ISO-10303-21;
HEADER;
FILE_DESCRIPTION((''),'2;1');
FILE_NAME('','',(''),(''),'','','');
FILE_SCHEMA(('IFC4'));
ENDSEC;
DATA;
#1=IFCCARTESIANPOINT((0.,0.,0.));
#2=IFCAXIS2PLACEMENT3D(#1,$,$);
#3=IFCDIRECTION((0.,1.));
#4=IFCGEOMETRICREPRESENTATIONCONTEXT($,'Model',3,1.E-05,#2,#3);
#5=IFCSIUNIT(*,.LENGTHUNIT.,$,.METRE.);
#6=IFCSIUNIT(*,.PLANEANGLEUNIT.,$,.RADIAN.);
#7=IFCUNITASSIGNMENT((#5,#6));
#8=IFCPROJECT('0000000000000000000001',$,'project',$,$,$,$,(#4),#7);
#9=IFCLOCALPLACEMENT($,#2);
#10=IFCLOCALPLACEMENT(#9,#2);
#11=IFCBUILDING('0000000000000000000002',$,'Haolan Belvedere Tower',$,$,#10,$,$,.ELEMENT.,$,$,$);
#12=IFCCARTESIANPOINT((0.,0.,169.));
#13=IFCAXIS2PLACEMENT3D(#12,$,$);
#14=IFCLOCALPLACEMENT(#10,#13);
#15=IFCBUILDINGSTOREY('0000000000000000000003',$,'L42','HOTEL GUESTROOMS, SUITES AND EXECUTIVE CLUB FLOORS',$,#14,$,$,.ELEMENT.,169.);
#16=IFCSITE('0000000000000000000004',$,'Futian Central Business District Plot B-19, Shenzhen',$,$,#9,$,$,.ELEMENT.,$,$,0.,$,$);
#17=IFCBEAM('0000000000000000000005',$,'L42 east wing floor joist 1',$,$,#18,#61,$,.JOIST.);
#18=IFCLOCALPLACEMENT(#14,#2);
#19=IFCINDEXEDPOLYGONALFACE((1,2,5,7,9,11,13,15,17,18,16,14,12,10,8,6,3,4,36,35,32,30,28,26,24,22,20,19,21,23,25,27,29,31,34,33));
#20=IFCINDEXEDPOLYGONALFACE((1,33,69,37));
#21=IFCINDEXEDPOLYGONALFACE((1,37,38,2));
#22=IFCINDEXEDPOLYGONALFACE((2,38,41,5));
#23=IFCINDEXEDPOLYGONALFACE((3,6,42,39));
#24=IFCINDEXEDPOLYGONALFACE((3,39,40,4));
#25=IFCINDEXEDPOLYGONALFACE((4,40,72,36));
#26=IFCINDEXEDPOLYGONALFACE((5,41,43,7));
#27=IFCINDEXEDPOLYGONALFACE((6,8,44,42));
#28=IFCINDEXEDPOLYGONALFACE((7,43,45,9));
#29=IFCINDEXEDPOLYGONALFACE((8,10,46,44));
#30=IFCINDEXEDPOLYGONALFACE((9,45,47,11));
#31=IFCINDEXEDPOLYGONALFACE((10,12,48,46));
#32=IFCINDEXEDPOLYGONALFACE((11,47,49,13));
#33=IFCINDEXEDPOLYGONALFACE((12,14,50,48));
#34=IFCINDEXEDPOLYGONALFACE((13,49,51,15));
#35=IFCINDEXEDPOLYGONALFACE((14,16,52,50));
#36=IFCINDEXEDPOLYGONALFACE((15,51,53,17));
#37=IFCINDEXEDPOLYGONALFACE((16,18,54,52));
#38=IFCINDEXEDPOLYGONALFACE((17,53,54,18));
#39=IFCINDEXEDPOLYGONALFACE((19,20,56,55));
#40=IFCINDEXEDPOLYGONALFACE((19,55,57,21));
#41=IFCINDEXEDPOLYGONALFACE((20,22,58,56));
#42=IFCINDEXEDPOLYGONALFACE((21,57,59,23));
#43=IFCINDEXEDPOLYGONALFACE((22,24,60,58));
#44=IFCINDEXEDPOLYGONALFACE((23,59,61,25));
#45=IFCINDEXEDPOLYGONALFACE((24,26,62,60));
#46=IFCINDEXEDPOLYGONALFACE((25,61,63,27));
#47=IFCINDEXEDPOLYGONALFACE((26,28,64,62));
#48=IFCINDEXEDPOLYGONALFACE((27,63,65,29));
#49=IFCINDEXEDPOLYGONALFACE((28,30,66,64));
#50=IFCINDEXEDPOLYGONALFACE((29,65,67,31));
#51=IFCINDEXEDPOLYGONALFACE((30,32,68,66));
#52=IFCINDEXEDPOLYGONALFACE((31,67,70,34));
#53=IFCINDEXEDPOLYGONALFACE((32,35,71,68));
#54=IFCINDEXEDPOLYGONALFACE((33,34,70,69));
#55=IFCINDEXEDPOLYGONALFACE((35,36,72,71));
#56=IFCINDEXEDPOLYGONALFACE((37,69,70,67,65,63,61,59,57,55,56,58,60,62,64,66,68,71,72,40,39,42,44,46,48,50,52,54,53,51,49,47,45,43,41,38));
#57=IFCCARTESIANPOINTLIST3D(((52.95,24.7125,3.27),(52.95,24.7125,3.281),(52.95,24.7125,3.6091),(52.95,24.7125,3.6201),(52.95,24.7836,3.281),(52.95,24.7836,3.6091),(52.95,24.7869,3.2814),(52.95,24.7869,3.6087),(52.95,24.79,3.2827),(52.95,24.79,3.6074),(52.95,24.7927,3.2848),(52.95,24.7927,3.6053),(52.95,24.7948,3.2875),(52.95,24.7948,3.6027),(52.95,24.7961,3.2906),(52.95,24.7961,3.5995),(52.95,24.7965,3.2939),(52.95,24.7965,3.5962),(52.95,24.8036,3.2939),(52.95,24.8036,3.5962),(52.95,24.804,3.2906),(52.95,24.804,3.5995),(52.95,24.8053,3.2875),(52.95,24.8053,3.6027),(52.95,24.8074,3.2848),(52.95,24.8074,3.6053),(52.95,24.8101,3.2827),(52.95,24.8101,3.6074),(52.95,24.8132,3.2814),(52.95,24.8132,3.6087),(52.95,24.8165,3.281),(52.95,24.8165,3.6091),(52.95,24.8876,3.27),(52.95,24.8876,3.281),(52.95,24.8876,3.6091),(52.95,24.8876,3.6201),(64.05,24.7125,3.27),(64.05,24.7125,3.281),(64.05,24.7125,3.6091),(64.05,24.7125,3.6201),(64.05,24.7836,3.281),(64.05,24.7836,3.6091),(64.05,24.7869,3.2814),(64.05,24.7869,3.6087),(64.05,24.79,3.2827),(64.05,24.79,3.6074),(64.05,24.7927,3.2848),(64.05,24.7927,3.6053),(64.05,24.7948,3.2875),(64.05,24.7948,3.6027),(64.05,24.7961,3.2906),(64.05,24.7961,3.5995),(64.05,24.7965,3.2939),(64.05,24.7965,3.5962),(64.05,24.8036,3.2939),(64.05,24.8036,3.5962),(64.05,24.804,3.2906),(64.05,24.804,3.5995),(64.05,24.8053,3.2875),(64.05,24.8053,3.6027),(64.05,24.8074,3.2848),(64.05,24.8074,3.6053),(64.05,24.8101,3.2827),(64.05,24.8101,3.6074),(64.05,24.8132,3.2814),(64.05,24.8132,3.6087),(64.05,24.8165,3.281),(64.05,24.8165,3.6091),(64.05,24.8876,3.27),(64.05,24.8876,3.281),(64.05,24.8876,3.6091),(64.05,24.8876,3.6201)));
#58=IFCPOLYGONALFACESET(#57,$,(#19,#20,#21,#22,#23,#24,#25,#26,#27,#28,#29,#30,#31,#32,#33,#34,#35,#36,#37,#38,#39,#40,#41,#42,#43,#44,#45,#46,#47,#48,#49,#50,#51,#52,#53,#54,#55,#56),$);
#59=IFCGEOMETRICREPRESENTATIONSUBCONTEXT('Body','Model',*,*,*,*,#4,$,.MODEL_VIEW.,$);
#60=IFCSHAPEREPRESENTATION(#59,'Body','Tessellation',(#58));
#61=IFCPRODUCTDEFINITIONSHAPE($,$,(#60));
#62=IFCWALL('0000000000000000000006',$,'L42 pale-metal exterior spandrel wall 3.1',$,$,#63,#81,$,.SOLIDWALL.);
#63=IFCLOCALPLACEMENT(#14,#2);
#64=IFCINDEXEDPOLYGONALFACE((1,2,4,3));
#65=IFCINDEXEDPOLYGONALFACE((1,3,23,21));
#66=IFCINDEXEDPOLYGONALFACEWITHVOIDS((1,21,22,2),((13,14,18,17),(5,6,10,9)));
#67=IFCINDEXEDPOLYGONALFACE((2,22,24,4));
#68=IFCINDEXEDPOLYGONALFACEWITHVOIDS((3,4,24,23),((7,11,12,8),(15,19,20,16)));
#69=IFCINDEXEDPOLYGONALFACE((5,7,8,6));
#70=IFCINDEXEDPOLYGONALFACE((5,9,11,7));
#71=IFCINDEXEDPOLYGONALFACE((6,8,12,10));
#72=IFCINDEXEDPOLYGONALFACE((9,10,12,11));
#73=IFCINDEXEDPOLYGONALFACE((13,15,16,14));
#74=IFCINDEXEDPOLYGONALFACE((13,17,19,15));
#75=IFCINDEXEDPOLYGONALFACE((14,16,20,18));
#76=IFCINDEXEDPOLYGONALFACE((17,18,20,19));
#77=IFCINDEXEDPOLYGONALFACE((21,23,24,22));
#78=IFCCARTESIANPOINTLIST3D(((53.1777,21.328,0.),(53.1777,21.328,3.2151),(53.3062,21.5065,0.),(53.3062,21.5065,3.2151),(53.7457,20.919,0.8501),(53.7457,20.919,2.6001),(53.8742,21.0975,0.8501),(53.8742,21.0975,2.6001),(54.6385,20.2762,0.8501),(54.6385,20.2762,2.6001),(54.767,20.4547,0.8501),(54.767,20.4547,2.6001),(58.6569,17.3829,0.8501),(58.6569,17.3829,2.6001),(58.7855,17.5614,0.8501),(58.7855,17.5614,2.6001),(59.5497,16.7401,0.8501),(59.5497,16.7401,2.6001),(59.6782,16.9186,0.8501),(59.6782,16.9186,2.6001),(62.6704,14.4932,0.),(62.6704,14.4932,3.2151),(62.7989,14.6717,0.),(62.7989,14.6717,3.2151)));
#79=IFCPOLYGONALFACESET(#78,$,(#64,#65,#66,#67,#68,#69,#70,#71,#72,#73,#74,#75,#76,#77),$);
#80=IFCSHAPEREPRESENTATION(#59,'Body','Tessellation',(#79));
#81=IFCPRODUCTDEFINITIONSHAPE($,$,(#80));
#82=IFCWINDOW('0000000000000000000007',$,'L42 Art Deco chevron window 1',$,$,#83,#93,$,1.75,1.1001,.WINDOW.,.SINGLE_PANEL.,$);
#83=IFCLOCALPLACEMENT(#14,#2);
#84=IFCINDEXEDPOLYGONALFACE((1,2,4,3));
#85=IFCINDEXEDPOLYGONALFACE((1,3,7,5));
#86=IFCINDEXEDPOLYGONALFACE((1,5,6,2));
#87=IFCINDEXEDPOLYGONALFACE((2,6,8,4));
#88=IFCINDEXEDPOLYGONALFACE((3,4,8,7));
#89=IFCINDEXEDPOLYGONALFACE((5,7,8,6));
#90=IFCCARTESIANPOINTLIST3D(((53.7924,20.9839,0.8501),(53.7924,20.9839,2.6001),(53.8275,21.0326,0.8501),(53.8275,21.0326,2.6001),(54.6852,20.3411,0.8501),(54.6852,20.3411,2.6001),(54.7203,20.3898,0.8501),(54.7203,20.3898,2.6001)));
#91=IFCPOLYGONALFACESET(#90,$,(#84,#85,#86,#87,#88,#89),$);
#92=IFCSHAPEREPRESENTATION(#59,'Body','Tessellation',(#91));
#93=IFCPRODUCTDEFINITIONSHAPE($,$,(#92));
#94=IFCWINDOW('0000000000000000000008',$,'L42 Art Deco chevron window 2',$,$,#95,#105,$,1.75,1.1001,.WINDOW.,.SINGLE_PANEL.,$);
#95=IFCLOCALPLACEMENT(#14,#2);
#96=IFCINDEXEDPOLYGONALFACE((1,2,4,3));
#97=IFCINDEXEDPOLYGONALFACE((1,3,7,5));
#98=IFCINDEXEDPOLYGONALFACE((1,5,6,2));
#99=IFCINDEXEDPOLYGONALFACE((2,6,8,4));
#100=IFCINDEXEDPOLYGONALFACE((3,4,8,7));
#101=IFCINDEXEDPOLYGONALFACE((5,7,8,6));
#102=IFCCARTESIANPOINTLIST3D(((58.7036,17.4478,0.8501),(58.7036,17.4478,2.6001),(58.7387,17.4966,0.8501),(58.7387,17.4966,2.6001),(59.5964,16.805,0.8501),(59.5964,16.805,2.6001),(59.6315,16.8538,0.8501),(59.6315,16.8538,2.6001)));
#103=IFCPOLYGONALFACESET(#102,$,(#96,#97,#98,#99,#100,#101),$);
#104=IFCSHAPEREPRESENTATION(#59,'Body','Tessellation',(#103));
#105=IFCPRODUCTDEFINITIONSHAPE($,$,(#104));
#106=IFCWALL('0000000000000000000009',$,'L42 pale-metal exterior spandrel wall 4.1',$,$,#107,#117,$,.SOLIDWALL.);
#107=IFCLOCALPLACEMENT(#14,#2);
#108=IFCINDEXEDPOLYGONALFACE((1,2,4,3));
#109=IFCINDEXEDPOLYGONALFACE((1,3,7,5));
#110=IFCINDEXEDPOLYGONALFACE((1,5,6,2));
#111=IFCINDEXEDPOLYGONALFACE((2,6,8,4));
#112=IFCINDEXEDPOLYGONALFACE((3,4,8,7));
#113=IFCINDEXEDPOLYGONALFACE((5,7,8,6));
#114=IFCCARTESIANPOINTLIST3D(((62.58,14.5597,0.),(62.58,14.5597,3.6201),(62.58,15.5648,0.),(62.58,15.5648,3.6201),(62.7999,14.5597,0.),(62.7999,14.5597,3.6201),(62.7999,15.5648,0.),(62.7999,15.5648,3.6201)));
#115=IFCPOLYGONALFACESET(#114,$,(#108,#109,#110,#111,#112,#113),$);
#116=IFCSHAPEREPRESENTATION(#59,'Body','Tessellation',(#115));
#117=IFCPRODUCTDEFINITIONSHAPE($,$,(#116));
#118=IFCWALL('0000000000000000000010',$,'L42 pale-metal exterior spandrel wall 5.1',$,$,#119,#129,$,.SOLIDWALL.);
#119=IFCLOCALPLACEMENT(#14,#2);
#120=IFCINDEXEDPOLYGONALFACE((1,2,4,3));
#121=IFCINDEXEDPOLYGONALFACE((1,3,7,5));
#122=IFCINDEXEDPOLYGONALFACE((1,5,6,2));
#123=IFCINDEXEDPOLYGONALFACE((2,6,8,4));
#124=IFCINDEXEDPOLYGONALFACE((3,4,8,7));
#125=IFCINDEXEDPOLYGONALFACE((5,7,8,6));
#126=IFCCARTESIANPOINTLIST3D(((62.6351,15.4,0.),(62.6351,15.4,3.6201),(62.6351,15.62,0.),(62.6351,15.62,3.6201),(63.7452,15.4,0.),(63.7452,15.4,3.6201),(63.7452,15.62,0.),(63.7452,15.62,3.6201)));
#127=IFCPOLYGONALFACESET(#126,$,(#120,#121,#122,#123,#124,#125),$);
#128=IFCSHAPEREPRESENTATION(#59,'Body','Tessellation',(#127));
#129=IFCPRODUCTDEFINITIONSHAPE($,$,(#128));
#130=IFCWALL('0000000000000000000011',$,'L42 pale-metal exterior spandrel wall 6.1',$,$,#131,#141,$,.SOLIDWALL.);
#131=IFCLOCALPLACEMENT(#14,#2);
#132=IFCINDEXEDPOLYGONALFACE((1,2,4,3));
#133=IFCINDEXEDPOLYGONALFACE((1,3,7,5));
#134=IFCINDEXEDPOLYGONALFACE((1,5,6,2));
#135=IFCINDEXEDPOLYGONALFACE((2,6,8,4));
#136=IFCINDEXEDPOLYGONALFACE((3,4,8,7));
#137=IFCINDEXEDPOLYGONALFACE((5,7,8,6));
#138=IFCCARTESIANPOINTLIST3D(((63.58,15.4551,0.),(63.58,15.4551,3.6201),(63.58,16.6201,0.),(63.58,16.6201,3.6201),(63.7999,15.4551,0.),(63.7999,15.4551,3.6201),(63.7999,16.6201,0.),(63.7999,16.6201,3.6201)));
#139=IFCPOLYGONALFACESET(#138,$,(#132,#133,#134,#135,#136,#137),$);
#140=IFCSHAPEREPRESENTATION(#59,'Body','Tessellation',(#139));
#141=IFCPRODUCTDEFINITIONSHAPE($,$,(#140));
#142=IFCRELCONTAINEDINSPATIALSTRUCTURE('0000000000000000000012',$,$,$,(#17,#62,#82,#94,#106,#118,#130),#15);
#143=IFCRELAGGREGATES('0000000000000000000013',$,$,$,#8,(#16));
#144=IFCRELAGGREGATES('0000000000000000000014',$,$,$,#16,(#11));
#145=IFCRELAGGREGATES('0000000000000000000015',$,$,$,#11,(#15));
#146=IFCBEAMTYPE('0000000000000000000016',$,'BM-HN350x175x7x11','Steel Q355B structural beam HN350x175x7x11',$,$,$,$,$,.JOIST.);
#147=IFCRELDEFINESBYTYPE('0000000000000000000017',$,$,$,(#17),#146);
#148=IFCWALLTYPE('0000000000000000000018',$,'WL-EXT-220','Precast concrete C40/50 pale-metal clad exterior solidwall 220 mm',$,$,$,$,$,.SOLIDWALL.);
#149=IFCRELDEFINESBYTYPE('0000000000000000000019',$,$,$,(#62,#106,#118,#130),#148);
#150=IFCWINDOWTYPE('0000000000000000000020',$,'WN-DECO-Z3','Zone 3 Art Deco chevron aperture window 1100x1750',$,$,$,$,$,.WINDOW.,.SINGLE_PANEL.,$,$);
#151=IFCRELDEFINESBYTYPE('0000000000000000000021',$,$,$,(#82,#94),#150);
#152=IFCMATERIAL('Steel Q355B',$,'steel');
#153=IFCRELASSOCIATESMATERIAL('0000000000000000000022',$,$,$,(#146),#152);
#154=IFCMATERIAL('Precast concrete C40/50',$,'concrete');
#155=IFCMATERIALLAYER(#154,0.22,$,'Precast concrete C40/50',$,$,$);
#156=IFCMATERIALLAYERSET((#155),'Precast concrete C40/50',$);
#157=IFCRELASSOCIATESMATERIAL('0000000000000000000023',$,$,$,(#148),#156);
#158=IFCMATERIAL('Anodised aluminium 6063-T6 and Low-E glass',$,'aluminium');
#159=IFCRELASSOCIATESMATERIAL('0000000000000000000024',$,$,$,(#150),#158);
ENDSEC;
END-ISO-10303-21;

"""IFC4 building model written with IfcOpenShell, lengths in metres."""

from ifc_helpers import new_model, si_unit, direction, frame, frame_2d, origin, origin_2d, place, context, subcontext, project, spatial, rectangle, i_section, extrude, material, layer, layer_set, material_profile, profile_set, type_object, element, fill, save


model = new_model("IFC4")

# Units and contexts
model_context = context("Model", 3, precision=1e-05, world=origin(), true_north=direction((0.0, 1.0)))
body_context = subcontext(model_context, "Body", "Model", "MODEL_VIEW")
ifc_project = project(units=[si_unit("LENGTHUNIT", "METRE"), si_unit("PLANEANGLEUNIT", "RADIAN")], contexts=[model_context])

# Site, building, storey
site_placement = place(None, origin())
site = spatial("IfcSite", under=ifc_project, at=site_placement, Name="Futian Central Business District Plot B-19, Shenzhen", CompositionType="ELEMENT", RefElevation=0.0)
building_placement = place(site_placement, origin())
building = spatial("IfcBuilding", under=site, at=building_placement, Name="Haolan Belvedere Tower", CompositionType="ELEMENT")
storey_placement = place(building_placement, frame((0.0, 0.0, 169.0)))
storey = spatial("IfcBuildingStorey", under=building, at=storey_placement, Name="L42", Description="HOTEL GUESTROOMS, SUITES AND EXECUTIVE CLUB FLOORS", CompositionType="ELEMENT", Elevation=169.0)

# Beam
ifc_material_1 = material(Name="Steel Q355B", Category="steel")
ifc_material_profile_1 = material_profile(ifc_material_1, i_section(OverallWidth=0.175, OverallDepth=0.3501, WebThickness=0.0071, FlangeThickness=0.011, FilletRadius=0.0129, at=origin_2d()), Name="Steel Q355B")
ifc_profile_set_1 = profile_set([ifc_material_profile_1], Name="Steel Q355B")
beam_type_1 = type_object("IfcBeamType", Name="BM-HN350x175x7x11", Description="Steel Q355B structural beam HN350x175x7x11", PredefinedType="JOIST", material=ifc_profile_set_1)
beam_1_placement = place(storey_placement, frame((52.95, 24.8, 3.4451), z_axis=(1.0, 0.0, 0.0), x_axis=(0.0, 1.0, 0.0)))
element("IfcBeam", 1, at=beam_1_placement, inside=storey, type_object=beam_type_1, Name="L42 east wing floor joist 1", PredefinedType="JOIST", context=body_context, shape_type="SweptSolid", body=[
    extrude(i_section(OverallWidth=0.175, OverallDepth=0.3501, WebThickness=0.0071, FlangeThickness=0.011, FilletRadius=0.0129, at=origin_2d()), origin(), (0.0, 0.0, 1.0), 11.1001),
])

# Wall, openings, windows
ifc_material_2 = material(Name="Precast concrete C40/50", Category="concrete")
ifc_layer_1 = layer(ifc_material_2, 0.22, Name="Precast concrete C40/50")
ifc_layer_set_1 = layer_set([ifc_layer_1], Name="Precast concrete C40/50")
wall_type_1 = type_object("IfcWallType", Name="WL-EXT-220", Description="Precast concrete C40/50 pale-metal clad exterior solidwall 220 mm", PredefinedType="SOLIDWALL", material=ifc_layer_set_1)
wall_1_placement = place(storey_placement, frame((53.2419, 21.4172, 0.0), z_axis=(0.0, 0.0, 1.0), x_axis=(0.811535, -0.584304, 0.0)))
wall_1 = element("IfcWall", 2, at=wall_1_placement, inside=storey, type_object=wall_type_1, Name="L42 pale-metal exterior spandrel wall 3.1", PredefinedType="SOLIDWALL", context=body_context, shape_type="SweptSolid", body=[
    extrude(rectangle(XDim=11.6973, YDim=0.22, at=frame_2d((5.8486, 0.0))), origin(), (0.0, 0.0, 1.0), 3.2151),
])
opening_1_placement = place(wall_1_placement, frame((0.7, 0.0, 0.8501)))
opening_1 = element("IfcOpeningElement", 3, at=opening_1_placement, cuts=wall_1, PredefinedType="OPENING", context=body_context, shape_type="SweptSolid", body=[
    extrude(rectangle(XDim=1.1001, YDim=1.75, at=frame_2d((0.55, 0.875))), frame((0.0, 0.1199, 0.0), z_axis=(0.0, -1.0, 0.0), x_axis=(1.0, 0.0, 0.0)), (0.0, 0.0, 1.0), 0.24),
])
opening_2_placement = place(wall_1_placement, frame((6.7517, 0.0, 0.8501)))
opening_2 = element("IfcOpeningElement", 4, at=opening_2_placement, cuts=wall_1, PredefinedType="OPENING", context=body_context, shape_type="SweptSolid", body=[
    extrude(rectangle(XDim=1.1001, YDim=1.75, at=frame_2d((0.55, 0.875))), frame((0.0, 0.1199, 0.0), z_axis=(0.0, -1.0, 0.0), x_axis=(1.0, 0.0, 0.0)), (0.0, 0.0, 1.0), 0.24),
])
ifc_material_3 = material(Name="Anodised aluminium 6063-T6 and Low-E glass", Category="aluminium")
window_type = type_object("IfcWindowType", Name="WN-DECO-Z3", Description="Zone 3 Art Deco chevron aperture window 1100x1750", PartitioningType="SINGLE_PANEL", PredefinedType="WINDOW", material=ifc_material_3)
window_1_placement = place(opening_1_placement, origin())
window_1 = element("IfcWindow", 5, at=window_1_placement, inside=storey, type_object=window_type, Name="L42 Art Deco chevron window 1", OverallHeight=1.75, OverallWidth=1.1001, PartitioningType="SINGLE_PANEL", PredefinedType="WINDOW", context=body_context, shape_type="SweptSolid", body=[
    extrude(rectangle(XDim=1.1001, YDim=1.75, at=frame_2d((0.55, 0.875))), frame((0.0, 0.03, 0.0), z_axis=(0.0, -1.0, 0.0), x_axis=(1.0, 0.0, 0.0)), (0.0, 0.0, 1.0), 0.0601),
])
fill(opening_1, window_1)
window_2_placement = place(opening_2_placement, origin())
window_2 = element("IfcWindow", 6, at=window_2_placement, inside=storey, type_object=window_type, Name="L42 Art Deco chevron window 2", OverallHeight=1.75, OverallWidth=1.1001, PartitioningType="SINGLE_PANEL", PredefinedType="WINDOW", context=body_context, shape_type="SweptSolid", body=[
    extrude(rectangle(XDim=1.1001, YDim=1.75, at=frame_2d((0.55, 0.875))), frame((0.0, 0.03, 0.0), z_axis=(0.0, -1.0, 0.0), x_axis=(1.0, 0.0, 0.0)), (0.0, 0.0, 1.0), 0.0601),
])
fill(opening_2, window_2)

# Walls
wall_2_placement = place(storey_placement, frame((62.6899, 14.5598, 0.0), z_axis=(0.0, 0.0, 1.0), x_axis=(0.0, 1.0, 0.0)))
element("IfcWall", 7, at=wall_2_placement, inside=storey, type_object=wall_type_1, Name="L42 pale-metal exterior spandrel wall 4.1", PredefinedType="SOLIDWALL", context=body_context, shape_type="SweptSolid", body=[
    extrude(rectangle(XDim=1.0051, YDim=0.22, at=frame_2d((0.5024, 0.0))), origin(), (0.0, 0.0, 1.0), 3.6201),
])
wall_3_placement = place(storey_placement, frame((62.635, 15.51, 0.0), z_axis=(0.0, 0.0, 1.0), x_axis=(1.0, 0.0, 0.0)))
element("IfcWall", 8, at=wall_3_placement, inside=storey, type_object=wall_type_1, Name="L42 pale-metal exterior spandrel wall 5.1", PredefinedType="SOLIDWALL", context=body_context, shape_type="SweptSolid", body=[
    extrude(rectangle(XDim=1.1101, YDim=0.22, at=frame_2d((0.5552, 0.0))), origin(), (0.0, 0.0, 1.0), 3.6201),
])
wall_4_placement = place(storey_placement, frame((63.6899, 15.4551, 0.0), z_axis=(0.0, 0.0, 1.0), x_axis=(0.0, 1.0, 0.0)))
element("IfcWall", 9, at=wall_4_placement, inside=storey, type_object=wall_type_1, Name="L42 pale-metal exterior spandrel wall 6.1", PredefinedType="SOLIDWALL", context=body_context, shape_type="SweptSolid", body=[
    extrude(rectangle(XDim=1.165, YDim=0.22, at=frame_2d((0.5825, 0.0))), origin(), (0.0, 0.0, 1.0), 3.6201),
])

save(model, "model.ifc")
